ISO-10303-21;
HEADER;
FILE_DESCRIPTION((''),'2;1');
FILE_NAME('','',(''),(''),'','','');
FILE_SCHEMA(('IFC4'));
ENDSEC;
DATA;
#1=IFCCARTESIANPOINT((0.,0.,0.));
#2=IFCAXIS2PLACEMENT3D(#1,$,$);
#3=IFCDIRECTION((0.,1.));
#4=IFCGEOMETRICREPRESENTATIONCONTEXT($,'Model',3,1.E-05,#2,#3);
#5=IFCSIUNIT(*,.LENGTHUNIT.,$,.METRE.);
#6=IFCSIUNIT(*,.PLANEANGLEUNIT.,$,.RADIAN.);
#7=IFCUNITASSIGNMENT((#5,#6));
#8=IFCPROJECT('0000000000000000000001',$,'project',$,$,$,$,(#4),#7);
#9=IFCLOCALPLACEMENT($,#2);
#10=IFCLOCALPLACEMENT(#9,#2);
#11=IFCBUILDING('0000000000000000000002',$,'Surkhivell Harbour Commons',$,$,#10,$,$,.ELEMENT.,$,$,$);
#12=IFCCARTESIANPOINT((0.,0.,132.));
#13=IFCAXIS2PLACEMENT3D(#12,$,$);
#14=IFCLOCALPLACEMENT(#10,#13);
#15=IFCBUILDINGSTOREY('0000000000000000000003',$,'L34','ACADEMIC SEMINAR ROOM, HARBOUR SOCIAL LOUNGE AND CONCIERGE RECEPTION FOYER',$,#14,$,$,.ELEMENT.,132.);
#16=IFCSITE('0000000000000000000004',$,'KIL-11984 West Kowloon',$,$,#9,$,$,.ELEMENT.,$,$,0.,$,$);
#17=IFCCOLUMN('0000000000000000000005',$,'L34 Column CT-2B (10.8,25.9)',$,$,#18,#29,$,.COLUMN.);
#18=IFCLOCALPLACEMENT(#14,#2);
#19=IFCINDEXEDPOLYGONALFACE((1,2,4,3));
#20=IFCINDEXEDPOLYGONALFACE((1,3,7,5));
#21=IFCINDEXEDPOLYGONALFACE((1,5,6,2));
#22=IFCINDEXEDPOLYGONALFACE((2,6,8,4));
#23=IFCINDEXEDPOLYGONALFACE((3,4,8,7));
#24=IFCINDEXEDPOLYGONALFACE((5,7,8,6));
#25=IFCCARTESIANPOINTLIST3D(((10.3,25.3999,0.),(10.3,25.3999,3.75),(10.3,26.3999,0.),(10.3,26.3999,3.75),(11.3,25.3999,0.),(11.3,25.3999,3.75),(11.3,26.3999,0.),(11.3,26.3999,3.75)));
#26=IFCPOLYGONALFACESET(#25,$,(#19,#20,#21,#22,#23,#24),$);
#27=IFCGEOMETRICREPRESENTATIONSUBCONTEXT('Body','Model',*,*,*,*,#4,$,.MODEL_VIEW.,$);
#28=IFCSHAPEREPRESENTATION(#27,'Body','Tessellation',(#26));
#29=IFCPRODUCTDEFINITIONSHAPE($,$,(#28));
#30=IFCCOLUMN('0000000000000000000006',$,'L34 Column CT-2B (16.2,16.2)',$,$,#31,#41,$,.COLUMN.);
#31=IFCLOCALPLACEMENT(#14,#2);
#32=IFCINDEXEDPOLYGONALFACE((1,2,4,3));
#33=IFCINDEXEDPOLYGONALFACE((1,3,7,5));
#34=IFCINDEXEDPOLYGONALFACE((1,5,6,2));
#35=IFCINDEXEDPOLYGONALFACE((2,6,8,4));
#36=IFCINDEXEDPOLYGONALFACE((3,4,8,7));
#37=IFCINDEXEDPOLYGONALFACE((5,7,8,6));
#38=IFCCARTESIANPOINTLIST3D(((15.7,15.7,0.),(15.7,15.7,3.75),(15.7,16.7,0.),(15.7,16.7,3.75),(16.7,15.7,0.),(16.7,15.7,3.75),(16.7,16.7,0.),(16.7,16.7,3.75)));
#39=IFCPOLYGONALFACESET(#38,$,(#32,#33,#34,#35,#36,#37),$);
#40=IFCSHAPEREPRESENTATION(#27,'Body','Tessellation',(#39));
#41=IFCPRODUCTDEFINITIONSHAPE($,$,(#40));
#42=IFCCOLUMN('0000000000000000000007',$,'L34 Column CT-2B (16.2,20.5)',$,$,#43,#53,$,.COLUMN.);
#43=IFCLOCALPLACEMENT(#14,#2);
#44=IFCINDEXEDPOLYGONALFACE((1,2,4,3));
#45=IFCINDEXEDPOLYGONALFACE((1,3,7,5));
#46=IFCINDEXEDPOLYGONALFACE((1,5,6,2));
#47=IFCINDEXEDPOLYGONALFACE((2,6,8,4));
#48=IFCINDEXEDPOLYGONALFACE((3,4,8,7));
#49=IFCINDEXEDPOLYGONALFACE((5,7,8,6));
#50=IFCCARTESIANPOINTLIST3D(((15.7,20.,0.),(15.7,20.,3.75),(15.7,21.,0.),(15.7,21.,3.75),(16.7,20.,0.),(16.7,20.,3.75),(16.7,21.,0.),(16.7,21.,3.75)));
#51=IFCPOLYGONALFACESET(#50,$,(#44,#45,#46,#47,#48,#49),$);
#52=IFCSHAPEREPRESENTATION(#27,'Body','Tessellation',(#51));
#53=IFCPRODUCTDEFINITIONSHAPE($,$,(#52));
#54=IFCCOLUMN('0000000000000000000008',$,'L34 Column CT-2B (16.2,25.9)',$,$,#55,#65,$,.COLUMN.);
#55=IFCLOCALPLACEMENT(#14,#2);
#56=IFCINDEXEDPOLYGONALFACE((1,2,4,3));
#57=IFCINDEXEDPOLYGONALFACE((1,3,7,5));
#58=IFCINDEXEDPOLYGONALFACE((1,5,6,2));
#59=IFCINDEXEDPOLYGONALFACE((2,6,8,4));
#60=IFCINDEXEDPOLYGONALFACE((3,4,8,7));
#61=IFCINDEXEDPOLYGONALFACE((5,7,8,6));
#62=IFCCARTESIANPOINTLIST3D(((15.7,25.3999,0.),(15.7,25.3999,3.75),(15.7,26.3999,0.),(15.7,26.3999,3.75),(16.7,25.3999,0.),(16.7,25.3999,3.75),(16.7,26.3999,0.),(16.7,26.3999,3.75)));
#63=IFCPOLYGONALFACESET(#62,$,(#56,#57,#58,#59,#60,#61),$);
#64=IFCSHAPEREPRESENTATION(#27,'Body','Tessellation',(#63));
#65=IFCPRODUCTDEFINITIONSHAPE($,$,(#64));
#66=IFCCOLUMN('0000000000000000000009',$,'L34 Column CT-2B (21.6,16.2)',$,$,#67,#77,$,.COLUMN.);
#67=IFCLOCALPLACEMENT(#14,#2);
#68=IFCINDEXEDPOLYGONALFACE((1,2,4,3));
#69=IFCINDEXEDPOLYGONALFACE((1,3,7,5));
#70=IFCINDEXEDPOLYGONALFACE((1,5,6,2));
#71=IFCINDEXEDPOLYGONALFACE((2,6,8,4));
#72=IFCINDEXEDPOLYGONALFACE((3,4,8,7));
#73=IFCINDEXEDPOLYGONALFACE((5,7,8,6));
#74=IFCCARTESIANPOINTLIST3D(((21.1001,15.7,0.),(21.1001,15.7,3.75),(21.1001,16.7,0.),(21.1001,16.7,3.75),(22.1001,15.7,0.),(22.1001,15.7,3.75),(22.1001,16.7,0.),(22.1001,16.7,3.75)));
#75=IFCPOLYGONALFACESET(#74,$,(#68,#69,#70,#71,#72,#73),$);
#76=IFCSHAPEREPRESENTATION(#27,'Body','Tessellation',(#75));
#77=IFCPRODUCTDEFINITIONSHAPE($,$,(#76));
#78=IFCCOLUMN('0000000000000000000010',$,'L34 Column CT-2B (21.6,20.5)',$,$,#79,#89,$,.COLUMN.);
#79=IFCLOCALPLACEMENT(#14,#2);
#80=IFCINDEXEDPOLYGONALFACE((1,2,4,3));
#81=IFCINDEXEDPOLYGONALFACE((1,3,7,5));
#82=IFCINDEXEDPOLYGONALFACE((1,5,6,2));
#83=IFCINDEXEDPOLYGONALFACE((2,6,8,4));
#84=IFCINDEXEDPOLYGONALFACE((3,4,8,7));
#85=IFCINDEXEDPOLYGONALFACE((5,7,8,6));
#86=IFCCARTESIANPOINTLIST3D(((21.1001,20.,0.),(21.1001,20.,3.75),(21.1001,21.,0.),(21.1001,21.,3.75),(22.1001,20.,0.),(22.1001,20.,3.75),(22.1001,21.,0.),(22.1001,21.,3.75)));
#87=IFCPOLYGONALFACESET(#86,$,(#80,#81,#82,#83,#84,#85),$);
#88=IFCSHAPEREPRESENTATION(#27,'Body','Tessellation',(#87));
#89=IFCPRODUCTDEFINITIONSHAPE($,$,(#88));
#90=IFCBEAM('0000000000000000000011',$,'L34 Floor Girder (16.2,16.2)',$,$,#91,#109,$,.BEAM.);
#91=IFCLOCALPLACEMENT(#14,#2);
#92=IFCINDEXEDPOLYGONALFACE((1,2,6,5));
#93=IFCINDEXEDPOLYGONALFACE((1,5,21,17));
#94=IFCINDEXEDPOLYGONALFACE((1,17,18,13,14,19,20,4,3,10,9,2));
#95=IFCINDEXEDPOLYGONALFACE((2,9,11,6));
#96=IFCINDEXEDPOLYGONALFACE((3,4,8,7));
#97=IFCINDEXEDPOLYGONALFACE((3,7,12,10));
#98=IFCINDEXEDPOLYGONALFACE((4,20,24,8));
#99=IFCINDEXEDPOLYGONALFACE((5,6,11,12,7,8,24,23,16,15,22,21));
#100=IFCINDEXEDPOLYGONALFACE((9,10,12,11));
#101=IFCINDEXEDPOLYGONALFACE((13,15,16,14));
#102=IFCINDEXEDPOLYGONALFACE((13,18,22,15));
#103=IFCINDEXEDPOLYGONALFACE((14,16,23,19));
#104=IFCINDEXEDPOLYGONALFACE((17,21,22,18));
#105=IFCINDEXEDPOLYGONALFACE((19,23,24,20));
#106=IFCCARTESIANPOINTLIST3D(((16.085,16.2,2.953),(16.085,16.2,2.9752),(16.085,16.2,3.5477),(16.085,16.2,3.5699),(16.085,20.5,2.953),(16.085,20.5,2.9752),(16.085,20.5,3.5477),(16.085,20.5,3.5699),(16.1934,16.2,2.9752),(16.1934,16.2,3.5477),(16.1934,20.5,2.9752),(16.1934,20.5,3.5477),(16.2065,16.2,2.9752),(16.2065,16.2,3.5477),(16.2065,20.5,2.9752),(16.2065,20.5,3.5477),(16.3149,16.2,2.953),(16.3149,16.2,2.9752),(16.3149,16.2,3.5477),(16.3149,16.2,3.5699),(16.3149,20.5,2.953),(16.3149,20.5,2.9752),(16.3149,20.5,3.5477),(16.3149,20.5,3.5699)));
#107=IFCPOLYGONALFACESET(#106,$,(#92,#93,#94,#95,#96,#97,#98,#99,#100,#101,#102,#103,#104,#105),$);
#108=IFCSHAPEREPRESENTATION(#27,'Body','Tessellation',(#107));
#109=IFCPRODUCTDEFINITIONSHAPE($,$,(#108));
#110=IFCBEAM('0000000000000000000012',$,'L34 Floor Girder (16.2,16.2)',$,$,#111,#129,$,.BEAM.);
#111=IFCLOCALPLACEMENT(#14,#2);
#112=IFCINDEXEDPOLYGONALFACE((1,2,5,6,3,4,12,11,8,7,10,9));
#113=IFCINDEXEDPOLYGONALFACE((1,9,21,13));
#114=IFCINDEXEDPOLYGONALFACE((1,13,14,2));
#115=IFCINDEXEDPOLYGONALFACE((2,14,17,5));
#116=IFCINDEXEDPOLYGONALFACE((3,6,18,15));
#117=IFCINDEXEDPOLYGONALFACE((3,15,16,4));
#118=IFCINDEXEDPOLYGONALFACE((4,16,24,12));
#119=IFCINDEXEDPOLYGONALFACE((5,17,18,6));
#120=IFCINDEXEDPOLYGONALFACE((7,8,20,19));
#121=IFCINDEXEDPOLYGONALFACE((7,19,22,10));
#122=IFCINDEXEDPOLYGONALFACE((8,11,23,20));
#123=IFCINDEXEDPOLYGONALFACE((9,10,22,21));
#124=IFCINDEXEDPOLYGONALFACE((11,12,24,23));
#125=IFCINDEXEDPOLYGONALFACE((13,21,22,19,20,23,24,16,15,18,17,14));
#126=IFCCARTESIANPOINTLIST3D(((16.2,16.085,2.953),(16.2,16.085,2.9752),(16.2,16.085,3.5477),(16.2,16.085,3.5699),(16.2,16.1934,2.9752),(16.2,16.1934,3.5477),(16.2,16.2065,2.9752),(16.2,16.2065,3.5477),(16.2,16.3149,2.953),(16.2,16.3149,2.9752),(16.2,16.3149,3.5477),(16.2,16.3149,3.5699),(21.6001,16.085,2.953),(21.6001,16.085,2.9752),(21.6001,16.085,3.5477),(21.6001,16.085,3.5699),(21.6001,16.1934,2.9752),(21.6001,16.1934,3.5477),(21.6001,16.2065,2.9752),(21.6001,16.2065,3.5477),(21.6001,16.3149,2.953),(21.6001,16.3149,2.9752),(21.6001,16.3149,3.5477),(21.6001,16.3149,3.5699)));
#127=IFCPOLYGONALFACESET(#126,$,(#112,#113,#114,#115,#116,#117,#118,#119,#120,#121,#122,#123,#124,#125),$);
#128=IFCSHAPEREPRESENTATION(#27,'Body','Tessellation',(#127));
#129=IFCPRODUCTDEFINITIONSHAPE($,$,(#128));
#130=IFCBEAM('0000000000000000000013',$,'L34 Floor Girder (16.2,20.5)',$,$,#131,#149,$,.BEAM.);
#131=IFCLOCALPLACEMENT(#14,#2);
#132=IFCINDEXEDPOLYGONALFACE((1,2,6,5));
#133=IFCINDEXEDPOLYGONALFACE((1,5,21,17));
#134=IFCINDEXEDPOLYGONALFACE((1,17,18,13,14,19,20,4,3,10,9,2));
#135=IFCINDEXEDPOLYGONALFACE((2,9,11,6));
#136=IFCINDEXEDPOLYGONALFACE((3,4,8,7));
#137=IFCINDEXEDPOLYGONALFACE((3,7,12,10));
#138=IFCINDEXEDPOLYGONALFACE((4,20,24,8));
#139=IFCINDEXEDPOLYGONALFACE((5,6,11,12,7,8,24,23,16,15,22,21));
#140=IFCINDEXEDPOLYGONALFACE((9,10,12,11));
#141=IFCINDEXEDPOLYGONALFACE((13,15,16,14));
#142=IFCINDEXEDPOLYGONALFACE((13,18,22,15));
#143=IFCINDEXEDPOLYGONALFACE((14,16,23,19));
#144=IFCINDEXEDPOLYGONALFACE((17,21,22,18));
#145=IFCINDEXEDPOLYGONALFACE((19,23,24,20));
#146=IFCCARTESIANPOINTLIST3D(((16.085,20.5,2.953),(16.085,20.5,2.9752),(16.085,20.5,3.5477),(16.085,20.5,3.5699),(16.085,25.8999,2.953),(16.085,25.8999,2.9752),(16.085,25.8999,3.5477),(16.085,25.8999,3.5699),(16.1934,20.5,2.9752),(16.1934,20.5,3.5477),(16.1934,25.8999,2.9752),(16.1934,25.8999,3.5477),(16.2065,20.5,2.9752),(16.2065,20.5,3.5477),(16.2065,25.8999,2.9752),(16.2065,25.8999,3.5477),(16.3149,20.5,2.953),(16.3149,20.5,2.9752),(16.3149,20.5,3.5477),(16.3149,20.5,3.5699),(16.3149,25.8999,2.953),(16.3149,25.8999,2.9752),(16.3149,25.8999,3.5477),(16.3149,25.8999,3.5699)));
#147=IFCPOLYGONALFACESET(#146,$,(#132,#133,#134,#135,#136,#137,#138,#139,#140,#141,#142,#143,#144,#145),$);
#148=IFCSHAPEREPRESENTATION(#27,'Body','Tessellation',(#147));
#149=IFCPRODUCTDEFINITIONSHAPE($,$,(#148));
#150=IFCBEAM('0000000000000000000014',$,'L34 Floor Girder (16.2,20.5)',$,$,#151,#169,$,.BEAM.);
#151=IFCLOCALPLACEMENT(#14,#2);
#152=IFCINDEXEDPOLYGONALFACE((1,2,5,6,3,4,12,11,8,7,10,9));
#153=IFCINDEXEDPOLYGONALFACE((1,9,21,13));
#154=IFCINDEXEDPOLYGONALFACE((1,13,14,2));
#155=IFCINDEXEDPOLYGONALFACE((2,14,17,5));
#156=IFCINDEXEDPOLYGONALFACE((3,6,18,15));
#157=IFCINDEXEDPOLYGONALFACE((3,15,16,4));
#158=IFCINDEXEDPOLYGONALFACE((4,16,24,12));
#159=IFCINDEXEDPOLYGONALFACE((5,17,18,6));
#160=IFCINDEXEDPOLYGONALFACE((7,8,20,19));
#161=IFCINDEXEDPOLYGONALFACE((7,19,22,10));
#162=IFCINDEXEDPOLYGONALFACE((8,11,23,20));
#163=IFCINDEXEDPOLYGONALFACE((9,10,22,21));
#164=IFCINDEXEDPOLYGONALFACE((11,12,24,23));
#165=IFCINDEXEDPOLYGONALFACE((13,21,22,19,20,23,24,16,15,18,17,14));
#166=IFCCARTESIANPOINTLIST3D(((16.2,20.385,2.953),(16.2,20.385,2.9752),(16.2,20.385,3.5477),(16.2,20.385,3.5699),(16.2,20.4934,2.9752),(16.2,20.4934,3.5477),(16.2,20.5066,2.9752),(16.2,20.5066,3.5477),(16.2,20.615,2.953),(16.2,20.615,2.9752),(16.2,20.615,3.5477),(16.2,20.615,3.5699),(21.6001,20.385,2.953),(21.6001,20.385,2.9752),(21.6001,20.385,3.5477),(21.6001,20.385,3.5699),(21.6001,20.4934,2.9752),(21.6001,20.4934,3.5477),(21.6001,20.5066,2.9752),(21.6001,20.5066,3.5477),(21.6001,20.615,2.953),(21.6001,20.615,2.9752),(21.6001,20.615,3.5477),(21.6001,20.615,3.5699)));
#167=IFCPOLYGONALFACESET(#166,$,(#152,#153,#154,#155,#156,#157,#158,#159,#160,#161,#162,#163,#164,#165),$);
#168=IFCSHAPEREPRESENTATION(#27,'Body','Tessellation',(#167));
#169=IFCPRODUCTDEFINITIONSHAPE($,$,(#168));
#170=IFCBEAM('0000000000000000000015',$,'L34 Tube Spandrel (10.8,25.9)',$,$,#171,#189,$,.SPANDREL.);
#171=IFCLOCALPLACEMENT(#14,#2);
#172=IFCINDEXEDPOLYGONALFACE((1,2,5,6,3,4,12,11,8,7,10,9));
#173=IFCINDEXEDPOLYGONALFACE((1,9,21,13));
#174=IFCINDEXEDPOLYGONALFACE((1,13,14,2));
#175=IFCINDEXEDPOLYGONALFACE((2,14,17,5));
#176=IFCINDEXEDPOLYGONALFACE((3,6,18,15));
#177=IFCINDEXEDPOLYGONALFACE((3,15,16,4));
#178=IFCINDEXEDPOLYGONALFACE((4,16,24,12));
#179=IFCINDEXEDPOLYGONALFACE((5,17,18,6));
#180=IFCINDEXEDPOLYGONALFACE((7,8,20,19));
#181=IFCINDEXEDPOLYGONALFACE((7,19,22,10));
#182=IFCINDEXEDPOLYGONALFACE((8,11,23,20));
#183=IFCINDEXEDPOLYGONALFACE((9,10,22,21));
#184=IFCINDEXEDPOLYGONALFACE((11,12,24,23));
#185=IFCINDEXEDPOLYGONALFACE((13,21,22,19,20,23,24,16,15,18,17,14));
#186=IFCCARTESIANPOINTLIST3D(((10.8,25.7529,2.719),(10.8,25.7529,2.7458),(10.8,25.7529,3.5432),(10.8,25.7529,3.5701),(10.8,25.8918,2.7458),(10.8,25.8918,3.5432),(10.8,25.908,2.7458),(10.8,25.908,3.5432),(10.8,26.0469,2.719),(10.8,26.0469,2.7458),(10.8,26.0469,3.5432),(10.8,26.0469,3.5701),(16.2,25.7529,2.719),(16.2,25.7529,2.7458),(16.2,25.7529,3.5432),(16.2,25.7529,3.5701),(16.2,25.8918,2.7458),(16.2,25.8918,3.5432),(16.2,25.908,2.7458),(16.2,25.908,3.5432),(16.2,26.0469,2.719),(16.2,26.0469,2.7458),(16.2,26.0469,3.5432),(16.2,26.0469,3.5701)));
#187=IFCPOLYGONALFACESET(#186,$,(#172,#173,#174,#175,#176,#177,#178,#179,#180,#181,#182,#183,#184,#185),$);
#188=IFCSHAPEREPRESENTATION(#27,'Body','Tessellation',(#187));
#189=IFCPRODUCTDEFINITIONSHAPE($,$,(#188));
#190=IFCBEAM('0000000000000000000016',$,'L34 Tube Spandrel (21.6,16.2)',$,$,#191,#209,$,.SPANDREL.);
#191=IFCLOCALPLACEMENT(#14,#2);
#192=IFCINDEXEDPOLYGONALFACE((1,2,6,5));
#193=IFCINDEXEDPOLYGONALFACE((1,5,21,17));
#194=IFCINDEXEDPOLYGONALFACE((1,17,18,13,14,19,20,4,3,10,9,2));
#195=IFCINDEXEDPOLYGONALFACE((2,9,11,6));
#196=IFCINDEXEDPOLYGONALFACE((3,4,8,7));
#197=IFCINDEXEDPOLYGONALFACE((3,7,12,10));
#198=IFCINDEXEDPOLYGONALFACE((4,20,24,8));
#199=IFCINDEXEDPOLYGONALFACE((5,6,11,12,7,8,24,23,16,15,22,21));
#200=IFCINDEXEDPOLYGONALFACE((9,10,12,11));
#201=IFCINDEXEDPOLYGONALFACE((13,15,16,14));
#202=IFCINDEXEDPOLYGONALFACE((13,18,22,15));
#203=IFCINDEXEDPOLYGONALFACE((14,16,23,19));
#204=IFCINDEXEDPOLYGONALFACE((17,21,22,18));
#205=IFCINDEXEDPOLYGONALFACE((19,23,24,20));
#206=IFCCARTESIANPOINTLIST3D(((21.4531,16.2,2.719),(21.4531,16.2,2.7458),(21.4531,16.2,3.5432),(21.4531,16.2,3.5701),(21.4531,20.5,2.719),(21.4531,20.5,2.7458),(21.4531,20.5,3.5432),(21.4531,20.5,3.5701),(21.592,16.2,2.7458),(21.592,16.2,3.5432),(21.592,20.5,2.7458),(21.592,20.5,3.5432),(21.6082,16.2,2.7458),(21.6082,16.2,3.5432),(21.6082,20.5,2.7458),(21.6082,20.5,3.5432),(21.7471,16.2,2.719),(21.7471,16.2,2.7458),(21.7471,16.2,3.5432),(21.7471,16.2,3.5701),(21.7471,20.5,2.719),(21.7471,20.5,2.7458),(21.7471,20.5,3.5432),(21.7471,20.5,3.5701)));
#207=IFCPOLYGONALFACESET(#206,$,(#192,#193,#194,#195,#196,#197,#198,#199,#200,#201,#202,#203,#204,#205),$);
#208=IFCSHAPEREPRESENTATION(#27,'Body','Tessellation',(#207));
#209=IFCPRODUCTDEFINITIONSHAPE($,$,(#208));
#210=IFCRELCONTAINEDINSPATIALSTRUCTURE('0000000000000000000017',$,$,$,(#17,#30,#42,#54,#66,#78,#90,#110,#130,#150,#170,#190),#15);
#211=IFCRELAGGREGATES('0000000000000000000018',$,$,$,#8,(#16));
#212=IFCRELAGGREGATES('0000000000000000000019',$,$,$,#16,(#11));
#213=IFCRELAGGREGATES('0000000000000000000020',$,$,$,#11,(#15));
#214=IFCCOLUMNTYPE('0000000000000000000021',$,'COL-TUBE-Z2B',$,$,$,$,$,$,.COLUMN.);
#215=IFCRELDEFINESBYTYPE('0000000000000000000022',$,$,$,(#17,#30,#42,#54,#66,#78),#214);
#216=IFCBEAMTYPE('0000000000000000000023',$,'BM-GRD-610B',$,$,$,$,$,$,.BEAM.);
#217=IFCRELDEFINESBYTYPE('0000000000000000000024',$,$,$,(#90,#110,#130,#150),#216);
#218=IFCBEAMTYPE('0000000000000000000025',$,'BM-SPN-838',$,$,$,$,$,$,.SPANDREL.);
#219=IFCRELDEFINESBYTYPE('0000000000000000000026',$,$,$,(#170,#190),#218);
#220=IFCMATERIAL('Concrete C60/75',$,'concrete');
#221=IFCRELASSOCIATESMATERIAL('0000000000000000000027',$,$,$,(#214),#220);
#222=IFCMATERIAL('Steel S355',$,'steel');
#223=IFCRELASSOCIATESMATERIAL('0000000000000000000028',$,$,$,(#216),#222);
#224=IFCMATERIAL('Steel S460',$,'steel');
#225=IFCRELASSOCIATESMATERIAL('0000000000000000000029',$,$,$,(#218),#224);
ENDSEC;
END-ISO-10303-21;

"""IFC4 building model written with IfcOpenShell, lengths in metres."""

from ifc_helpers import new_model, si_unit, direction, frame, origin, origin_2d, place, context, subcontext, project, spatial, rectangle, i_section, extrude, material, material_profile, profile_set, type_object, element, save


model = new_model("IFC4")

# Units and contexts
model_context = context("Model", 3, precision=1e-05, world=origin(), true_north=direction((0.0, 1.0)))
body_context = subcontext(model_context, "Body", "Model", "MODEL_VIEW")
ifc_project = project(units=[si_unit("LENGTHUNIT", "METRE"), si_unit("PLANEANGLEUNIT", "RADIAN")], contexts=[model_context])

# Site, building, storey
site_placement = place(None, origin())
site = spatial("IfcSite", under=ifc_project, at=site_placement, Name="KIL-11984 West Kowloon", CompositionType="ELEMENT", RefElevation=0.0)
building_placement = place(site_placement, origin())
building = spatial("IfcBuilding", under=site, at=building_placement, Name="Surkhivell Harbour Commons", CompositionType="ELEMENT")
storey_placement = place(building_placement, frame((0.0, 0.0, 132.0)))
storey = spatial("IfcBuildingStorey", under=building, at=storey_placement, Name="L34", Description="ACADEMIC SEMINAR ROOM, HARBOUR SOCIAL LOUNGE AND CONCIERGE RECEPTION FOYER", CompositionType="ELEMENT", Elevation=132.0)

# Columns
ifc_material_1 = material(Name="Concrete C60/75", Category="concrete")
ifc_material_profile_1 = material_profile(ifc_material_1, rectangle(XDim=1.0, YDim=1.0, at=origin_2d()), Name="RC-COL-1000x1000")
ifc_profile_set_1 = profile_set([ifc_material_profile_1], Name="Concrete C60/75")
column_type = type_object("IfcColumnType", Name="COL-TUBE-Z2B", PredefinedType="COLUMN", material=ifc_profile_set_1)
for number, where, z_axis, x_axis, name in (
    (1, (10.8, 25.8999, 0.0), (0.0, 0.0, 1.0), (1.0, 0.0, 0.0), "L34 Column CT-2B (10.8,25.9)"),
    (2, (16.2, 16.2, 0.0), (0.0, 0.0, 1.0), (1.0, 0.0, 0.0), "L34 Column CT-2B (16.2,16.2)"),
    (3, (16.2, 20.5, 0.0), (0.0, 0.0, 1.0), (1.0, 0.0, 0.0), "L34 Column CT-2B (16.2,20.5)"),
    (4, (16.2, 25.8999, 0.0), (0.0, 0.0, 1.0), (1.0, 0.0, 0.0), "L34 Column CT-2B (16.2,25.9)"),
    (5, (21.6001, 16.2, 0.0), (0.0, 0.0, 1.0), (1.0, 0.0, 0.0), "L34 Column CT-2B (21.6,16.2)"),
    (6, (21.6001, 20.5, 0.0), (0.0, 0.0, 1.0), (1.0, 0.0, 0.0), "L34 Column CT-2B (21.6,20.5)"),
):
    element("IfcColumn", number, at=place(storey_placement, frame(where, z_axis=z_axis, x_axis=x_axis)), inside=storey, type_object=column_type, Name=name, PredefinedType="COLUMN", context=body_context, shape_type="SweptSolid", body=[
        extrude(rectangle(XDim=1.0, YDim=1.0, at=origin_2d()), origin(), (0.0, 0.0, 1.0), 3.75),
    ])

# Beams
ifc_material_2 = material(Name="Steel S355", Category="steel")
ifc_material_profile_2 = material_profile(ifc_material_2, i_section(OverallWidth=0.23, OverallDepth=0.6169, WebThickness=0.0132, FlangeThickness=0.0222, at=origin_2d()), Name="UB610x229x140")
ifc_profile_set_2 = profile_set([ifc_material_profile_2], Name="Steel S355")
beam_type_1 = type_object("IfcBeamType", Name="BM-GRD-610B", PredefinedType="BEAM", material=ifc_profile_set_2)
beam_1_placement = place(storey_placement, frame((16.2, 16.2, 3.2615), z_axis=(0.0, 1.0, 0.0), x_axis=(-1.0, 0.0, 0.0)))
element("IfcBeam", 7, at=beam_1_placement, inside=storey, type_object=beam_type_1, Name="L34 Floor Girder (16.2,16.2)", PredefinedType="BEAM", context=body_context, shape_type="SweptSolid", body=[
    extrude(i_section(OverallWidth=0.23, OverallDepth=0.6169, WebThickness=0.0132, FlangeThickness=0.0222, at=origin_2d()), origin(), (0.0, 0.0, 1.0), 4.3),
])
beam_2_placement = place(storey_placement, frame((16.2, 16.2, 3.2615), z_axis=(1.0, 0.0, 0.0), x_axis=(0.0, 1.0, 0.0)))
element("IfcBeam", 8, at=beam_2_placement, inside=storey, type_object=beam_type_1, Name="L34 Floor Girder (16.2,16.2)", PredefinedType="BEAM", context=body_context, shape_type="SweptSolid", body=[
    extrude(i_section(OverallWidth=0.23, OverallDepth=0.6169, WebThickness=0.0132, FlangeThickness=0.0222, at=origin_2d()), origin(), (0.0, 0.0, 1.0), 5.4001),
])
beam_3_placement = place(storey_placement, frame((16.2, 20.5, 3.2615), z_axis=(0.0, 1.0, 0.0), x_axis=(-1.0, 0.0, 0.0)))
element("IfcBeam", 9, at=beam_3_placement, inside=storey, type_object=beam_type_1, Name="L34 Floor Girder (16.2,20.5)", PredefinedType="BEAM", context=body_context, shape_type="SweptSolid", body=[
    extrude(i_section(OverallWidth=0.23, OverallDepth=0.6169, WebThickness=0.0132, FlangeThickness=0.0222, at=origin_2d()), origin(), (0.0, 0.0, 1.0), 5.3999),
])
beam_4_placement = place(storey_placement, frame((16.2, 20.5, 3.2615), z_axis=(1.0, 0.0, 0.0), x_axis=(0.0, 1.0, 0.0)))
element("IfcBeam", 10, at=beam_4_placement, inside=storey, type_object=beam_type_1, Name="L34 Floor Girder (16.2,20.5)", PredefinedType="BEAM", context=body_context, shape_type="SweptSolid", body=[
    extrude(i_section(OverallWidth=0.23, OverallDepth=0.6169, WebThickness=0.0132, FlangeThickness=0.0222, at=origin_2d()), origin(), (0.0, 0.0, 1.0), 5.4001),
])
ifc_material_3 = material(Name="Steel S460", Category="steel")
ifc_material_profile_3 = material_profile(ifc_material_3, i_section(OverallWidth=0.2939, OverallDepth=0.8511, WebThickness=0.0161, FlangeThickness=0.0269, at=origin_2d()), Name="UB838x292x226")
ifc_profile_set_3 = profile_set([ifc_material_profile_3], Name="Steel S460")
beam_type_2 = type_object("IfcBeamType", Name="BM-SPN-838", PredefinedType="SPANDREL", material=ifc_profile_set_3)
beam_5_placement = place(storey_placement, frame((10.8, 25.8999, 3.1445), z_axis=(1.0, 0.0, 0.0), x_axis=(0.0, 1.0, 0.0)))
element("IfcBeam", 11, at=beam_5_placement, inside=storey, type_object=beam_type_2, Name="L34 Tube Spandrel (10.8,25.9)", PredefinedType="SPANDREL", context=body_context, shape_type="SweptSolid", body=[
    extrude(i_section(OverallWidth=0.2939, OverallDepth=0.8511, WebThickness=0.0161, FlangeThickness=0.0269, at=origin_2d()), origin(), (0.0, 0.0, 1.0), 5.3999),
])
beam_6_placement = place(storey_placement, frame((21.6001, 16.2, 3.1445), z_axis=(0.0, 1.0, 0.0), x_axis=(-1.0, 0.0, 0.0)))
element("IfcBeam", 12, at=beam_6_placement, inside=storey, type_object=beam_type_2, Name="L34 Tube Spandrel (21.6,16.2)", PredefinedType="SPANDREL", context=body_context, shape_type="SweptSolid", body=[
    extrude(i_section(OverallWidth=0.2939, OverallDepth=0.8511, WebThickness=0.0161, FlangeThickness=0.0269, at=origin_2d()), origin(), (0.0, 0.0, 1.0), 4.3),
])

save(model, "model.ifc")
